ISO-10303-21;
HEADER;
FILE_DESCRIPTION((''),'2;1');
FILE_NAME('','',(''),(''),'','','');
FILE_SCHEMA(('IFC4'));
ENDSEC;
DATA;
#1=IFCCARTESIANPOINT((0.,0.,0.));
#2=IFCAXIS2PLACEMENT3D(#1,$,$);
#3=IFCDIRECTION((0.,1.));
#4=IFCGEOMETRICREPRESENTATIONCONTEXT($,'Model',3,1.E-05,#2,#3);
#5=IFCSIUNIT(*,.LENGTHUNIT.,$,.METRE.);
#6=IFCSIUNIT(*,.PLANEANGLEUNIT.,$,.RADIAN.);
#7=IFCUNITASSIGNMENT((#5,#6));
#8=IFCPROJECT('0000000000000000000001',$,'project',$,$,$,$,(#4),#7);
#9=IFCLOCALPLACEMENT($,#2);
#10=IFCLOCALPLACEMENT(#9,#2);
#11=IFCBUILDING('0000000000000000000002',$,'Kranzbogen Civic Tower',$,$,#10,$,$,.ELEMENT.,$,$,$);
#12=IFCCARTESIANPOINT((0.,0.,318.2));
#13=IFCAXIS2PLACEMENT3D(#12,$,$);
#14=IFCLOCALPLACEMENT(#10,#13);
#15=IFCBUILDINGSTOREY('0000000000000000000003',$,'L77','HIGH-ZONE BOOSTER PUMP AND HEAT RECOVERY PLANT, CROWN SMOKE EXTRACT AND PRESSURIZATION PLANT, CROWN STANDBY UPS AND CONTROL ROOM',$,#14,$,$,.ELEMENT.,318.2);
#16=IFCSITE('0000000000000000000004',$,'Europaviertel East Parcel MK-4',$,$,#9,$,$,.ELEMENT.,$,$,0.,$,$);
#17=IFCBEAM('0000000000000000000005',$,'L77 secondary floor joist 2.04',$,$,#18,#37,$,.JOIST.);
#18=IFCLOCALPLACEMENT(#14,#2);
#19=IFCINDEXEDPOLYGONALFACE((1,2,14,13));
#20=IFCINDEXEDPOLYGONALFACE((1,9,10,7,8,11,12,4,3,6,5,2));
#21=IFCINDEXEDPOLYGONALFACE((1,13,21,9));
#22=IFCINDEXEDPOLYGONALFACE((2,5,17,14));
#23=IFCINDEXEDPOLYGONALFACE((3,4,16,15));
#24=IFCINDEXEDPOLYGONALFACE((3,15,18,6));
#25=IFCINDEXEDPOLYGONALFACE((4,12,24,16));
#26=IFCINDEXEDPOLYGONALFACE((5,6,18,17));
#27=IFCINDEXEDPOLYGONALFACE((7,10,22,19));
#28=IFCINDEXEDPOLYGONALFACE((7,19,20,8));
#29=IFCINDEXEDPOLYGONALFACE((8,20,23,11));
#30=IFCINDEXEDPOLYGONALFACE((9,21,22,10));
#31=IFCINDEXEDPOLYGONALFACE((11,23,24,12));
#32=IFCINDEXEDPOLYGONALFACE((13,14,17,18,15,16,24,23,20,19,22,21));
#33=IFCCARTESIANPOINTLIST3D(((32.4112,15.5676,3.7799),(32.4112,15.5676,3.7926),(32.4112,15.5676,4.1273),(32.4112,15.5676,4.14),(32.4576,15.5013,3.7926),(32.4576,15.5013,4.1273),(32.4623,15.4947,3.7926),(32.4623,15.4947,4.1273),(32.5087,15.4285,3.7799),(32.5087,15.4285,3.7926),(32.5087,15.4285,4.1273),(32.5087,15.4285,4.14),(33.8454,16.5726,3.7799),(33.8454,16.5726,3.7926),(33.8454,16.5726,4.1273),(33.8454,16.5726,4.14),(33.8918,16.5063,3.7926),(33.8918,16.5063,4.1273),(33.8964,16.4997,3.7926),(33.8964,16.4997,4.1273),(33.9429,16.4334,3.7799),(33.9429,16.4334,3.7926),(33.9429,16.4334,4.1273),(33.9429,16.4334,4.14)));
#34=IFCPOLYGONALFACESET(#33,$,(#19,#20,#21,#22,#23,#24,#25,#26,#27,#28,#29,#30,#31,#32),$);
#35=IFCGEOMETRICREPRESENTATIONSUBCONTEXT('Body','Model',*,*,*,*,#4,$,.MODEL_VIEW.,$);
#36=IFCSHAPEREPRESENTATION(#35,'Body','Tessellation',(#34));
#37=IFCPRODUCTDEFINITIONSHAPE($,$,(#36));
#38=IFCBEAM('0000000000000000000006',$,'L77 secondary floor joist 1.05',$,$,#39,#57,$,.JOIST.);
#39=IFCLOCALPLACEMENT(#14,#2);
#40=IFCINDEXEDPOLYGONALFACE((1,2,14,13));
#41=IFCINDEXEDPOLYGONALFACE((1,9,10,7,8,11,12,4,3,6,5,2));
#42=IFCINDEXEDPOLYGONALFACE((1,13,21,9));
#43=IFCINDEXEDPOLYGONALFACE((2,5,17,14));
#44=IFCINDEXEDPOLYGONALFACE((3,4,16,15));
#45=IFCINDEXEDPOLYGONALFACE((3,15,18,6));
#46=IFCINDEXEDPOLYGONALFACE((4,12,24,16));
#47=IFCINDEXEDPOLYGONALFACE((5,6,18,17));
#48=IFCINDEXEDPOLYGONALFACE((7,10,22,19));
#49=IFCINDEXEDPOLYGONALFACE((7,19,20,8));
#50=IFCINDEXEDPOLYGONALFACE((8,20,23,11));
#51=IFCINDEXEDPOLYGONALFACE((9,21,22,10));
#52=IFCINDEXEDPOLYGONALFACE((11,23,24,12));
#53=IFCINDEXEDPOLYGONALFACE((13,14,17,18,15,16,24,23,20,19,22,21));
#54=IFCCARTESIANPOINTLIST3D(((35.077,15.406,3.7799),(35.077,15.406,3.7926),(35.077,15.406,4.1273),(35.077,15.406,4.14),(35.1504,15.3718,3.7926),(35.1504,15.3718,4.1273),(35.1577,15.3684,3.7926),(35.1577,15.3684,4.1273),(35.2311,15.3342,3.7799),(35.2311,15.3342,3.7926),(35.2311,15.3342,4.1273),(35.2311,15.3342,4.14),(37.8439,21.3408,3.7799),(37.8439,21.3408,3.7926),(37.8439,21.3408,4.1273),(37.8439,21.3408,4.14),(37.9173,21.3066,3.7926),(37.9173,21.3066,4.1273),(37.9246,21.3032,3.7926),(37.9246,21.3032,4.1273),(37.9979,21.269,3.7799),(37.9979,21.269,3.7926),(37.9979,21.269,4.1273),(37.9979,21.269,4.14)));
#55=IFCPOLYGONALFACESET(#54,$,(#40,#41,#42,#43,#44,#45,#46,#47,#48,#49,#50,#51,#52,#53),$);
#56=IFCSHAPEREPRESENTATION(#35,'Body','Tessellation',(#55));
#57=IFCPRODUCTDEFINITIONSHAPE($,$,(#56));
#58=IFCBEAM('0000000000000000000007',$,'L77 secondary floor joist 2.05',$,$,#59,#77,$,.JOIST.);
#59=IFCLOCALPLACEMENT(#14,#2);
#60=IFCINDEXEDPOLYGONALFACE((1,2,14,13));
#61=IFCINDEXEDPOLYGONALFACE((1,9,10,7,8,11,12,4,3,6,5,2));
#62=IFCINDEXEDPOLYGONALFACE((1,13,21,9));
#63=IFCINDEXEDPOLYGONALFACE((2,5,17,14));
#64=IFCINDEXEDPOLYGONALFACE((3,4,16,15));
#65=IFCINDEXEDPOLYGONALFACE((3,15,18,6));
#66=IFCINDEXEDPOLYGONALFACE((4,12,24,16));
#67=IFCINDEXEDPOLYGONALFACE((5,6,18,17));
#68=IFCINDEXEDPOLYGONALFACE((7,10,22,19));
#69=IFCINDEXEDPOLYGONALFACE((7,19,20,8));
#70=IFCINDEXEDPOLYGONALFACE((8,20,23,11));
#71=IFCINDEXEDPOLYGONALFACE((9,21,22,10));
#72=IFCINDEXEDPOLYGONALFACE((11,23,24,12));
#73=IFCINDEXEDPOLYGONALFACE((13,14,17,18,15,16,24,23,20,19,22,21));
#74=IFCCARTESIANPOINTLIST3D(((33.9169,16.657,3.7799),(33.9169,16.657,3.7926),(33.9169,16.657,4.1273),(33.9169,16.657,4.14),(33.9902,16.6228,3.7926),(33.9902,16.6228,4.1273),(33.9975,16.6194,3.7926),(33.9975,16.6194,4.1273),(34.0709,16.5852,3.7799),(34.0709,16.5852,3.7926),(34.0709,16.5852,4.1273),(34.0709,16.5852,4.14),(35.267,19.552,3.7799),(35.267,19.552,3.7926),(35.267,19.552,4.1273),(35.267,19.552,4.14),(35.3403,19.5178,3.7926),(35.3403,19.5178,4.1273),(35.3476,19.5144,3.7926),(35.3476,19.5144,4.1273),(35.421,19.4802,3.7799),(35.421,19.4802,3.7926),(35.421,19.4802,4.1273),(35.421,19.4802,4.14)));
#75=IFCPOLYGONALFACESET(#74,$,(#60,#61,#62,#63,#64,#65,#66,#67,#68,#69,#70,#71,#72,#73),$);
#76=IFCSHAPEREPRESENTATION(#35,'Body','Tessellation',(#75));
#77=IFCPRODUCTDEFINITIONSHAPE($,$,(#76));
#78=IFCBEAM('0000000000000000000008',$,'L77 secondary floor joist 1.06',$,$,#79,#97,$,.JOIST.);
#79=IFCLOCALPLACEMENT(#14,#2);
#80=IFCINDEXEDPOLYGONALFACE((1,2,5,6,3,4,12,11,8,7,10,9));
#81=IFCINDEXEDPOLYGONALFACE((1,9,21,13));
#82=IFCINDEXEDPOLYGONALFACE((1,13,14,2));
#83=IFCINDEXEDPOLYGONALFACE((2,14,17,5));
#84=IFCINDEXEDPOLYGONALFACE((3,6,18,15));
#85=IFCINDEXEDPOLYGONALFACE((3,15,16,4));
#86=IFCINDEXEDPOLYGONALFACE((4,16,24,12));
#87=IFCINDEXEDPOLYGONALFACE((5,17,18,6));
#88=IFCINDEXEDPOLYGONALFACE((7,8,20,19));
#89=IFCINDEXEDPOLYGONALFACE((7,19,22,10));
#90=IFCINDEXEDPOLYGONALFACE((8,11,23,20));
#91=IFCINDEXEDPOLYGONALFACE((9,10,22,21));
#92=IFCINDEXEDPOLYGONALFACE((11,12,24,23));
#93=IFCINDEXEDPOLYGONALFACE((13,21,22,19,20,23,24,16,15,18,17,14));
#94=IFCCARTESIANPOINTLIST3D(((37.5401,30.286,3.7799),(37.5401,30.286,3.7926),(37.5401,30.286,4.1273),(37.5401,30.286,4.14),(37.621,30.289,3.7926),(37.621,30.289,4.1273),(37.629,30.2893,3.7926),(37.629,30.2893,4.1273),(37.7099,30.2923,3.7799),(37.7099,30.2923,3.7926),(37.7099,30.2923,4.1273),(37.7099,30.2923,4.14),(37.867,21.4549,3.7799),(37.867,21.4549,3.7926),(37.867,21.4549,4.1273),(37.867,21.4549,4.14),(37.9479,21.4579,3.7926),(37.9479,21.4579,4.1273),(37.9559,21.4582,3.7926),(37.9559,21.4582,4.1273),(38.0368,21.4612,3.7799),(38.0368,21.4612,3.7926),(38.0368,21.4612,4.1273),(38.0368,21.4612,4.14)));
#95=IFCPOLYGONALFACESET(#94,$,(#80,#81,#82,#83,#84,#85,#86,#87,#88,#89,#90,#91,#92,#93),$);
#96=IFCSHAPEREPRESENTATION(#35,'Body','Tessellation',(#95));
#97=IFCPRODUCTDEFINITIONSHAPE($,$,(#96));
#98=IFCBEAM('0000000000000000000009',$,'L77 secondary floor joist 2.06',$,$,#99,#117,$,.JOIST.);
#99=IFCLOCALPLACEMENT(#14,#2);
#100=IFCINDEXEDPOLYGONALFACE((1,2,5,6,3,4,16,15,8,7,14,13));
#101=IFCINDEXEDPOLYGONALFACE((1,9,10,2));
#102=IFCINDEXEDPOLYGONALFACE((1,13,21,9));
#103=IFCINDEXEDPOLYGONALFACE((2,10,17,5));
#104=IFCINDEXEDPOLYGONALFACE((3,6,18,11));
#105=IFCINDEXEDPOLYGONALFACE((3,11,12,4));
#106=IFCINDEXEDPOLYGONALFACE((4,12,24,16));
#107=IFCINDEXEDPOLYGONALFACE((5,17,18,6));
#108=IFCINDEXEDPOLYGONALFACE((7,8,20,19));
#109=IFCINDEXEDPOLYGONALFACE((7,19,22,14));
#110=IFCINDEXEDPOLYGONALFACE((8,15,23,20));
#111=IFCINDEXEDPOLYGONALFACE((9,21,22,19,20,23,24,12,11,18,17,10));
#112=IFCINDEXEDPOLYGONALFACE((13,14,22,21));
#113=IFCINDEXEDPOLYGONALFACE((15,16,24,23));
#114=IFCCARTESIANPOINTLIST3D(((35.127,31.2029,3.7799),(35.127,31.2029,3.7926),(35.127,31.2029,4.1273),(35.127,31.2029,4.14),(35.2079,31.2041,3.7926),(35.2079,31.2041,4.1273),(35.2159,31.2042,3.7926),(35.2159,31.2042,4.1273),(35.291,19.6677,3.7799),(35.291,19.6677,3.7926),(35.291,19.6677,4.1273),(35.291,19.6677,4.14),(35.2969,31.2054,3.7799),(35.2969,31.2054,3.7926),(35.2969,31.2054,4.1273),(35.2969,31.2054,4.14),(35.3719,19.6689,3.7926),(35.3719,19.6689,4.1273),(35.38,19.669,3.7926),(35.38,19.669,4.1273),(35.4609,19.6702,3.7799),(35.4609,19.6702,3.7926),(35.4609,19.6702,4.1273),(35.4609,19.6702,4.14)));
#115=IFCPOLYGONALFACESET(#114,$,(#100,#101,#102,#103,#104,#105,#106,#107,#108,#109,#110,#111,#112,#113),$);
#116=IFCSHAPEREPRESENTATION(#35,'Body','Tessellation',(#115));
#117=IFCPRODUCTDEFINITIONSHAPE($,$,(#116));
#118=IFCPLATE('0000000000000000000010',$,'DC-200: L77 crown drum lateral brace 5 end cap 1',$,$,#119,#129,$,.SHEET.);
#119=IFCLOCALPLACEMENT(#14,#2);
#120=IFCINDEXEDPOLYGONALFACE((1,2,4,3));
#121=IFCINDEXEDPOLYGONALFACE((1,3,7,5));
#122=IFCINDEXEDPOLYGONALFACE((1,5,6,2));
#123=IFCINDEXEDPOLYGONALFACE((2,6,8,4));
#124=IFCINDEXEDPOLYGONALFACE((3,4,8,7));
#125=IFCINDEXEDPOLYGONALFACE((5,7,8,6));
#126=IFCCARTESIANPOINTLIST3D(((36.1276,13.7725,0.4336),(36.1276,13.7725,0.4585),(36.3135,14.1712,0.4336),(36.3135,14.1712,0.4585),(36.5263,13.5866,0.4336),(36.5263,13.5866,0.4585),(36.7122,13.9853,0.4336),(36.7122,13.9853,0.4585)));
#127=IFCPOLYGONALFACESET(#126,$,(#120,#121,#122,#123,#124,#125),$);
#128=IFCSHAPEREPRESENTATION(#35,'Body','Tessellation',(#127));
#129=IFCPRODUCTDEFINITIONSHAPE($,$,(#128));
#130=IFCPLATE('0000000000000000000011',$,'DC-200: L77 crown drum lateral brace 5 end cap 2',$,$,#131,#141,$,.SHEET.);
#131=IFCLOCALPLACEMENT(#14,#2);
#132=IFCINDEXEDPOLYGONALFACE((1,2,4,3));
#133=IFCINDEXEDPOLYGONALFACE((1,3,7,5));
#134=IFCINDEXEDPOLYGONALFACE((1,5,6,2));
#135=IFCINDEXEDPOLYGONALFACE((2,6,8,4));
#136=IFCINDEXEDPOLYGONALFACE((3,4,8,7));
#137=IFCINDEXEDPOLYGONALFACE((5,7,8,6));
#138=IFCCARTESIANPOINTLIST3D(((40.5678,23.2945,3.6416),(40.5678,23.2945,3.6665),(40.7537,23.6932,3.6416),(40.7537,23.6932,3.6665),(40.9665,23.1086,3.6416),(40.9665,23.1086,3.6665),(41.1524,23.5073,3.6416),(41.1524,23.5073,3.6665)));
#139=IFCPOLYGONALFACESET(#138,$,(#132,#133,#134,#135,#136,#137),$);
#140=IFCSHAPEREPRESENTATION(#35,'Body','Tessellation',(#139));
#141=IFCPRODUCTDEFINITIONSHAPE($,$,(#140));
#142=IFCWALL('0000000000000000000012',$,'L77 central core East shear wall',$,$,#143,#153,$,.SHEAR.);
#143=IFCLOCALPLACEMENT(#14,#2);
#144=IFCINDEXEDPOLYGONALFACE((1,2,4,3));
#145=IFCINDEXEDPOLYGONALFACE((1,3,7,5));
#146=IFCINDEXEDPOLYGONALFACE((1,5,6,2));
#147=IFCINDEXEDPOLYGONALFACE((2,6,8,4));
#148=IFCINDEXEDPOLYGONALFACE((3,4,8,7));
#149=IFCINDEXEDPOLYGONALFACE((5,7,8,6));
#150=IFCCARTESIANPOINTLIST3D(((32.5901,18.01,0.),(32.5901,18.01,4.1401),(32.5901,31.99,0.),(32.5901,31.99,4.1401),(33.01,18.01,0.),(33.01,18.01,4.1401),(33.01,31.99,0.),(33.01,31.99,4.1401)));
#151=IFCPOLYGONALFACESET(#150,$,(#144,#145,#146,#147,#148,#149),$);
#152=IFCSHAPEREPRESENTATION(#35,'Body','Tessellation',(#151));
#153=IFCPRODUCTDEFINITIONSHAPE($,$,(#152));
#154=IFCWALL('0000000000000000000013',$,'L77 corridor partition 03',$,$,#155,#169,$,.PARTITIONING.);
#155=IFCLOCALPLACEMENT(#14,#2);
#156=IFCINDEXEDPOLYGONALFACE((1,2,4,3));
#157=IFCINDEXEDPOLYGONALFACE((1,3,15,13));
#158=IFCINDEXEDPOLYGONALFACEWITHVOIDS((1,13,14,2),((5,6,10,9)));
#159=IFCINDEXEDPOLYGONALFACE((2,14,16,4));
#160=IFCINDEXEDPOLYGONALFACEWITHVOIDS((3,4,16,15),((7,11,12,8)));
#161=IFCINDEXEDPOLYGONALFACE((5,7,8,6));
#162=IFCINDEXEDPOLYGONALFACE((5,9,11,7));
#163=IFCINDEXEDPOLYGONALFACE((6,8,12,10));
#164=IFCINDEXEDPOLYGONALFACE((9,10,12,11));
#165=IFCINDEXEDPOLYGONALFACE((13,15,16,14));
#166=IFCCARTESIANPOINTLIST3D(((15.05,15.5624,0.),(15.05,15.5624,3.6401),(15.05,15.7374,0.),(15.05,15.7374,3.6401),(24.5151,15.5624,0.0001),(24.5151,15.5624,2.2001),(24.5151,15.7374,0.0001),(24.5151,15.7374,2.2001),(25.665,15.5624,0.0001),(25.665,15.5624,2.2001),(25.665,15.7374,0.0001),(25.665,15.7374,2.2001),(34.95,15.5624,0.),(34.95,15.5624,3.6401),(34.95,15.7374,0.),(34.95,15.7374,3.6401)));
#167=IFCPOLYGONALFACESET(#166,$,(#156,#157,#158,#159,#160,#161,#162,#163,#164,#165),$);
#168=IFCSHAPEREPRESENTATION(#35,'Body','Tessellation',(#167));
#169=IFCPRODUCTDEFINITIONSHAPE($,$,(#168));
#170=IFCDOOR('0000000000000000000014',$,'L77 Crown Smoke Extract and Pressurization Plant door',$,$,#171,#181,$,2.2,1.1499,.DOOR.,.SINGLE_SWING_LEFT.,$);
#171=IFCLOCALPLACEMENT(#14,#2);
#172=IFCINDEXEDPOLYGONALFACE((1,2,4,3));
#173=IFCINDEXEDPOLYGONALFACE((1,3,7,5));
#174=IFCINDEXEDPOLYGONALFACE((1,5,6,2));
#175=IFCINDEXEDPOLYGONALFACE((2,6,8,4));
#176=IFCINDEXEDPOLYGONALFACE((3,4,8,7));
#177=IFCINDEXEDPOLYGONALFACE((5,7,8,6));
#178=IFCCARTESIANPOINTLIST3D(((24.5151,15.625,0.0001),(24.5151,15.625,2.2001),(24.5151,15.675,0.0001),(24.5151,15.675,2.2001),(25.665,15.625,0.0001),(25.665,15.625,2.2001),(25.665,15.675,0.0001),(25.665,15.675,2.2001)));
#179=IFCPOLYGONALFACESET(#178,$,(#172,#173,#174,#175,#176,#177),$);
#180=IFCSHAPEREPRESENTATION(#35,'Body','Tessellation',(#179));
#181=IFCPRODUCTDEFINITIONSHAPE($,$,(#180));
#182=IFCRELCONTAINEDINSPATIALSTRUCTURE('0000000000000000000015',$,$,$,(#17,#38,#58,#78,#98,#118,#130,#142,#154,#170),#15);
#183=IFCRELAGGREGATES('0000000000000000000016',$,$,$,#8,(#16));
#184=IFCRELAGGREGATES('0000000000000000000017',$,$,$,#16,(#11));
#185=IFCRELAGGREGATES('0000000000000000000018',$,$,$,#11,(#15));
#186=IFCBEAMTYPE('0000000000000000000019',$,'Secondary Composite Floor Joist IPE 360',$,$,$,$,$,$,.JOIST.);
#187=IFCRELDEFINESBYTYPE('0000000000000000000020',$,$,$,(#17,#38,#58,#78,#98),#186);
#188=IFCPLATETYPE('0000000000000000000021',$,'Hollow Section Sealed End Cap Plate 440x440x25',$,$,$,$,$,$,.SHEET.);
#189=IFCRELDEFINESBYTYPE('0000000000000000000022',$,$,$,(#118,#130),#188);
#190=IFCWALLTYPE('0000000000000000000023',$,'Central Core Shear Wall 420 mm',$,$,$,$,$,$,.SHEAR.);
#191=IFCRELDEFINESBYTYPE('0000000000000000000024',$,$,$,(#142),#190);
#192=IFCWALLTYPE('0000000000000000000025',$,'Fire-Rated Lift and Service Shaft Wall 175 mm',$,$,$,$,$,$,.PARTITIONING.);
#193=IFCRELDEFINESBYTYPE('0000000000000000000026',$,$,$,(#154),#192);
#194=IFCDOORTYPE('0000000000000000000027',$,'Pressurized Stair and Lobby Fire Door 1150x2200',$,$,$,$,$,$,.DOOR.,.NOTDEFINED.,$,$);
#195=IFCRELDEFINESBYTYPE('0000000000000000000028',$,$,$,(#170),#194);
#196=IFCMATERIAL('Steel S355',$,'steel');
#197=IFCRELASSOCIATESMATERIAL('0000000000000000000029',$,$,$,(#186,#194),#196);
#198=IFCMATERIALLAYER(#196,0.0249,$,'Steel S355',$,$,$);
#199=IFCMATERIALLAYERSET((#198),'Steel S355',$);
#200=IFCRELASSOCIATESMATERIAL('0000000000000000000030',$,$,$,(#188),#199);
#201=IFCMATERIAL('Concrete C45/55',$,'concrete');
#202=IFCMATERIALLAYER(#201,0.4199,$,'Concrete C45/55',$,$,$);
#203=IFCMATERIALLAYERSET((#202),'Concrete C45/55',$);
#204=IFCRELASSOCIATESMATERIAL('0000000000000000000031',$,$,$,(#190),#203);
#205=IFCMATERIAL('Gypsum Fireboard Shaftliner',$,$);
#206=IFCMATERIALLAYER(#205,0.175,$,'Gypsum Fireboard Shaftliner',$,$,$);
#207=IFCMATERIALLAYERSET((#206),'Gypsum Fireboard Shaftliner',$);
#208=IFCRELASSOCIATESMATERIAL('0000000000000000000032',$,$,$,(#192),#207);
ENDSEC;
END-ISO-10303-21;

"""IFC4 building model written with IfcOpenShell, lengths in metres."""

from ifc_helpers import new_model, si_unit, direction, frame, frame_2d, origin, origin_2d, place, context, subcontext, project, spatial, rectangle, i_section, extrude, material, layer, layer_set, material_profile, profile_set, type_object, element, fill, save


model = new_model("IFC4")

# Units and contexts
model_context = context("Model", 3, precision=1e-05, world=origin(), true_north=direction((0.0, 1.0)))
body_context = subcontext(model_context, "Body", "Model", "MODEL_VIEW")
ifc_project = project(units=[si_unit("LENGTHUNIT", "METRE"), si_unit("PLANEANGLEUNIT", "RADIAN")], contexts=[model_context])

# Site, building, storey
site_placement = place(None, origin())
site = spatial("IfcSite", under=ifc_project, at=site_placement, Name="Europaviertel East Parcel MK-4", CompositionType="ELEMENT", RefElevation=0.0)
building_placement = place(site_placement, origin())
building = spatial("IfcBuilding", under=site, at=building_placement, Name="Kranzbogen Civic Tower", CompositionType="ELEMENT")
storey_placement = place(building_placement, frame((0.0, 0.0, 318.2)))
storey = spatial("IfcBuildingStorey", under=building, at=storey_placement, Name="L77", Description="HIGH-ZONE BOOSTER PUMP AND HEAT RECOVERY PLANT, CROWN SMOKE EXTRACT AND PRESSURIZATION PLANT, CROWN STANDBY UPS AND CONTROL ROOM", CompositionType="ELEMENT", Elevation=318.2)

# Shared definitions
ifc_material_1 = material(Name="Steel S355", Category="steel")

# Beams
ifc_material_profile_1 = material_profile(ifc_material_1, i_section(OverallWidth=0.1699, OverallDepth=0.3601, WebThickness=0.0081, FlangeThickness=0.0127, at=origin_2d()), Name="IPE 360")
ifc_profile_set_1 = profile_set([ifc_material_profile_1], Name="Steel S355")
beam_type_1 = type_object("IfcBeamType", Name="Secondary Composite Floor Joist IPE 360", PredefinedType="JOIST", material=ifc_profile_set_1)
beam_1_placement = place(storey_placement, frame((32.46, 15.498, 3.96), z_axis=(0.818957, 0.573855, 0.0), x_axis=(-0.573855, 0.818957, 0.0)))
element("IfcBeam", 1, at=beam_1_placement, inside=storey, type_object=beam_type_1, Name="L77 secondary floor joist 2.04", PredefinedType="JOIST", context=body_context, shape_type="SweptSolid", body=[
    extrude(i_section(OverallWidth=0.1699, OverallDepth=0.3601, WebThickness=0.0081, FlangeThickness=0.0127, at=origin_2d()), origin(), (0.0, 0.0, 1.0), 1.7512),
])
beam_2_placement = place(storey_placement, frame((35.1541, 15.3701, 3.96), z_axis=(0.422543, 0.906343, 0.0), x_axis=(-0.906343, 0.422543, 0.0)))
element("IfcBeam", 2, at=beam_2_placement, inside=storey, type_object=beam_type_1, Name="L77 secondary floor joist 1.05", PredefinedType="JOIST", context=body_context, shape_type="SweptSolid", body=[
    extrude(i_section(OverallWidth=0.1699, OverallDepth=0.3601, WebThickness=0.0081, FlangeThickness=0.0127, at=origin_2d()), origin(), (0.0, 0.0, 1.0), 6.5481),
])
beam_3_placement = place(storey_placement, frame((33.9939, 16.6211, 3.96), z_axis=(0.422651, 0.906292, 0.0), x_axis=(-0.906292, 0.422651, 0.0)))
element("IfcBeam", 3, at=beam_3_placement, inside=storey, type_object=beam_type_1, Name="L77 secondary floor joist 2.05", PredefinedType="JOIST", context=body_context, shape_type="SweptSolid", body=[
    extrude(i_section(OverallWidth=0.1699, OverallDepth=0.3601, WebThickness=0.0081, FlangeThickness=0.0127, at=origin_2d()), origin(), (0.0, 0.0, 1.0), 3.1943),
])
beam_4_placement = place(storey_placement, frame((37.9519, 21.458, 3.96), z_axis=(-0.036992, 0.999316, 0.0), x_axis=(-0.999316, -0.036992, 0.0)))
element("IfcBeam", 4, at=beam_4_placement, inside=storey, type_object=beam_type_1, Name="L77 secondary floor joist 1.06", PredefinedType="JOIST", context=body_context, shape_type="SweptSolid", body=[
    extrude(i_section(OverallWidth=0.1699, OverallDepth=0.3601, WebThickness=0.0081, FlangeThickness=0.0127, at=origin_2d()), origin(), (0.0, 0.0, 1.0), 8.8372),
])
beam_5_placement = place(storey_placement, frame((35.376, 19.6689, 3.96), z_axis=(-0.014221, 0.999899, 0.0), x_axis=(-0.999899, -0.014221, 0.0)))
element("IfcBeam", 5, at=beam_5_placement, inside=storey, type_object=beam_type_1, Name="L77 secondary floor joist 2.06", PredefinedType="JOIST", context=body_context, shape_type="SweptSolid", body=[
    extrude(i_section(OverallWidth=0.1699, OverallDepth=0.3601, WebThickness=0.0081, FlangeThickness=0.0127, at=origin_2d()), origin(), (0.0, 0.0, 1.0), 11.5364),
])

# Plates
ifc_layer_1 = layer(ifc_material_1, 0.0249, Name="Steel S355")
ifc_layer_set_1 = layer_set([ifc_layer_1], Name="Steel S355")
plate_type = type_object("IfcPlateType", Name="Hollow Section Sealed End Cap Plate 440x440x25", PredefinedType="SHEET", material=ifc_layer_set_1)
for number, where, z_axis, x_axis, name in (
    (6, (36.4199, 13.8789, 0.4336), (0.0, 0.0, 1.0), (0.422618, 0.906308, 0.0), "DC-200: L77 crown drum lateral brace 5 end cap 1"),
    (7, (40.8601, 23.4009, 3.6416), (0.0, 0.0, 1.0), (0.422618, 0.906308, 0.0), "DC-200: L77 crown drum lateral brace 5 end cap 2"),
):
    element("IfcPlate", number, at=place(storey_placement, frame(where, z_axis=z_axis, x_axis=x_axis)), inside=storey, type_object=plate_type, Name=name, PredefinedType="SHEET", context=body_context, shape_type="SweptSolid", body=[
        extrude(rectangle(XDim=0.4399, YDim=0.4399, at=origin_2d()), origin(), (0.0, 0.0, 1.0), 0.0249),
    ])

# Wall
ifc_material_2 = material(Name="Concrete C45/55", Category="concrete")
ifc_layer_2 = layer(ifc_material_2, 0.4199, Name="Concrete C45/55")
ifc_layer_set_2 = layer_set([ifc_layer_2], Name="Concrete C45/55")
wall_type_1 = type_object("IfcWallType", Name="Central Core Shear Wall 420 mm", PredefinedType="SHEAR", material=ifc_layer_set_2)
wall_1_placement = place(storey_placement, frame((32.8, 18.01, 0.0), z_axis=(0.0, 0.0, 1.0), x_axis=(0.0, 1.0, 0.0)))
element("IfcWall", 8, at=wall_1_placement, inside=storey, type_object=wall_type_1, Name="L77 central core East shear wall", PredefinedType="SHEAR", context=body_context, shape_type="SweptSolid", body=[
    extrude(rectangle(XDim=13.98, YDim=0.4199, at=frame_2d((6.99, 0.0))), origin(), (0.0, 0.0, 1.0), 4.1401),
])

# Wall, opening, door
ifc_material_3 = material(Name="Gypsum Fireboard Shaftliner")
ifc_layer_3 = layer(ifc_material_3, 0.175, Name="Gypsum Fireboard Shaftliner")
ifc_layer_set_3 = layer_set([ifc_layer_3], Name="Gypsum Fireboard Shaftliner")
wall_type_2 = type_object("IfcWallType", Name="Fire-Rated Lift and Service Shaft Wall 175 mm", PredefinedType="PARTITIONING", material=ifc_layer_set_3)
wall_2_placement = place(storey_placement, frame((34.95, 15.6499, 0.0), z_axis=(0.0, 0.0, 1.0), x_axis=(-1.0, 0.0, 0.0)))
wall_2 = element("IfcWall", 9, at=wall_2_placement, inside=storey, type_object=wall_type_2, Name="L77 corridor partition 03", PredefinedType="PARTITIONING", context=body_context, shape_type="SweptSolid", body=[
    extrude(rectangle(XDim=19.8999, YDim=0.175, at=frame_2d((9.95, 0.0))), origin(), (0.0, 0.0, 1.0), 3.6401),
])
opening_placement = place(wall_2_placement, frame((9.2849, 0.0, 0.0)))
opening = element("IfcOpeningElement", 10, at=opening_placement, cuts=wall_2, PredefinedType="OPENING", context=body_context, shape_type="SweptSolid", body=[
    extrude(rectangle(XDim=1.1499, YDim=2.2, at=frame_2d((0.575, 1.1001))), frame((0.0, 0.0977, 0.0), z_axis=(0.0, -1.0, 0.0), x_axis=(1.0, 0.0, 0.0)), (0.0, 0.0, 1.0), 0.1951),
])
door_type = type_object("IfcDoorType", Name="Pressurized Stair and Lobby Fire Door 1150x2200", OperationType="NOTDEFINED", PredefinedType="DOOR", material=ifc_material_1)
door_placement = place(opening_placement, origin())
door = element("IfcDoor", 11, at=door_placement, inside=storey, type_object=door_type, Name="L77 Crown Smoke Extract and Pressurization Plant door", OperationType="SINGLE_SWING_LEFT", OverallHeight=2.2, OverallWidth=1.1499, PredefinedType="DOOR", context=body_context, shape_type="SweptSolid", body=[
    extrude(rectangle(XDim=1.1499, YDim=2.2, at=frame_2d((0.575, 1.1001))), frame((0.0, 0.0249, 0.0), z_axis=(0.0, -1.0, 0.0), x_axis=(1.0, 0.0, 0.0)), (0.0, 0.0, 1.0), 0.05),
])
fill(opening, door)

save(model, "model.ifc")
